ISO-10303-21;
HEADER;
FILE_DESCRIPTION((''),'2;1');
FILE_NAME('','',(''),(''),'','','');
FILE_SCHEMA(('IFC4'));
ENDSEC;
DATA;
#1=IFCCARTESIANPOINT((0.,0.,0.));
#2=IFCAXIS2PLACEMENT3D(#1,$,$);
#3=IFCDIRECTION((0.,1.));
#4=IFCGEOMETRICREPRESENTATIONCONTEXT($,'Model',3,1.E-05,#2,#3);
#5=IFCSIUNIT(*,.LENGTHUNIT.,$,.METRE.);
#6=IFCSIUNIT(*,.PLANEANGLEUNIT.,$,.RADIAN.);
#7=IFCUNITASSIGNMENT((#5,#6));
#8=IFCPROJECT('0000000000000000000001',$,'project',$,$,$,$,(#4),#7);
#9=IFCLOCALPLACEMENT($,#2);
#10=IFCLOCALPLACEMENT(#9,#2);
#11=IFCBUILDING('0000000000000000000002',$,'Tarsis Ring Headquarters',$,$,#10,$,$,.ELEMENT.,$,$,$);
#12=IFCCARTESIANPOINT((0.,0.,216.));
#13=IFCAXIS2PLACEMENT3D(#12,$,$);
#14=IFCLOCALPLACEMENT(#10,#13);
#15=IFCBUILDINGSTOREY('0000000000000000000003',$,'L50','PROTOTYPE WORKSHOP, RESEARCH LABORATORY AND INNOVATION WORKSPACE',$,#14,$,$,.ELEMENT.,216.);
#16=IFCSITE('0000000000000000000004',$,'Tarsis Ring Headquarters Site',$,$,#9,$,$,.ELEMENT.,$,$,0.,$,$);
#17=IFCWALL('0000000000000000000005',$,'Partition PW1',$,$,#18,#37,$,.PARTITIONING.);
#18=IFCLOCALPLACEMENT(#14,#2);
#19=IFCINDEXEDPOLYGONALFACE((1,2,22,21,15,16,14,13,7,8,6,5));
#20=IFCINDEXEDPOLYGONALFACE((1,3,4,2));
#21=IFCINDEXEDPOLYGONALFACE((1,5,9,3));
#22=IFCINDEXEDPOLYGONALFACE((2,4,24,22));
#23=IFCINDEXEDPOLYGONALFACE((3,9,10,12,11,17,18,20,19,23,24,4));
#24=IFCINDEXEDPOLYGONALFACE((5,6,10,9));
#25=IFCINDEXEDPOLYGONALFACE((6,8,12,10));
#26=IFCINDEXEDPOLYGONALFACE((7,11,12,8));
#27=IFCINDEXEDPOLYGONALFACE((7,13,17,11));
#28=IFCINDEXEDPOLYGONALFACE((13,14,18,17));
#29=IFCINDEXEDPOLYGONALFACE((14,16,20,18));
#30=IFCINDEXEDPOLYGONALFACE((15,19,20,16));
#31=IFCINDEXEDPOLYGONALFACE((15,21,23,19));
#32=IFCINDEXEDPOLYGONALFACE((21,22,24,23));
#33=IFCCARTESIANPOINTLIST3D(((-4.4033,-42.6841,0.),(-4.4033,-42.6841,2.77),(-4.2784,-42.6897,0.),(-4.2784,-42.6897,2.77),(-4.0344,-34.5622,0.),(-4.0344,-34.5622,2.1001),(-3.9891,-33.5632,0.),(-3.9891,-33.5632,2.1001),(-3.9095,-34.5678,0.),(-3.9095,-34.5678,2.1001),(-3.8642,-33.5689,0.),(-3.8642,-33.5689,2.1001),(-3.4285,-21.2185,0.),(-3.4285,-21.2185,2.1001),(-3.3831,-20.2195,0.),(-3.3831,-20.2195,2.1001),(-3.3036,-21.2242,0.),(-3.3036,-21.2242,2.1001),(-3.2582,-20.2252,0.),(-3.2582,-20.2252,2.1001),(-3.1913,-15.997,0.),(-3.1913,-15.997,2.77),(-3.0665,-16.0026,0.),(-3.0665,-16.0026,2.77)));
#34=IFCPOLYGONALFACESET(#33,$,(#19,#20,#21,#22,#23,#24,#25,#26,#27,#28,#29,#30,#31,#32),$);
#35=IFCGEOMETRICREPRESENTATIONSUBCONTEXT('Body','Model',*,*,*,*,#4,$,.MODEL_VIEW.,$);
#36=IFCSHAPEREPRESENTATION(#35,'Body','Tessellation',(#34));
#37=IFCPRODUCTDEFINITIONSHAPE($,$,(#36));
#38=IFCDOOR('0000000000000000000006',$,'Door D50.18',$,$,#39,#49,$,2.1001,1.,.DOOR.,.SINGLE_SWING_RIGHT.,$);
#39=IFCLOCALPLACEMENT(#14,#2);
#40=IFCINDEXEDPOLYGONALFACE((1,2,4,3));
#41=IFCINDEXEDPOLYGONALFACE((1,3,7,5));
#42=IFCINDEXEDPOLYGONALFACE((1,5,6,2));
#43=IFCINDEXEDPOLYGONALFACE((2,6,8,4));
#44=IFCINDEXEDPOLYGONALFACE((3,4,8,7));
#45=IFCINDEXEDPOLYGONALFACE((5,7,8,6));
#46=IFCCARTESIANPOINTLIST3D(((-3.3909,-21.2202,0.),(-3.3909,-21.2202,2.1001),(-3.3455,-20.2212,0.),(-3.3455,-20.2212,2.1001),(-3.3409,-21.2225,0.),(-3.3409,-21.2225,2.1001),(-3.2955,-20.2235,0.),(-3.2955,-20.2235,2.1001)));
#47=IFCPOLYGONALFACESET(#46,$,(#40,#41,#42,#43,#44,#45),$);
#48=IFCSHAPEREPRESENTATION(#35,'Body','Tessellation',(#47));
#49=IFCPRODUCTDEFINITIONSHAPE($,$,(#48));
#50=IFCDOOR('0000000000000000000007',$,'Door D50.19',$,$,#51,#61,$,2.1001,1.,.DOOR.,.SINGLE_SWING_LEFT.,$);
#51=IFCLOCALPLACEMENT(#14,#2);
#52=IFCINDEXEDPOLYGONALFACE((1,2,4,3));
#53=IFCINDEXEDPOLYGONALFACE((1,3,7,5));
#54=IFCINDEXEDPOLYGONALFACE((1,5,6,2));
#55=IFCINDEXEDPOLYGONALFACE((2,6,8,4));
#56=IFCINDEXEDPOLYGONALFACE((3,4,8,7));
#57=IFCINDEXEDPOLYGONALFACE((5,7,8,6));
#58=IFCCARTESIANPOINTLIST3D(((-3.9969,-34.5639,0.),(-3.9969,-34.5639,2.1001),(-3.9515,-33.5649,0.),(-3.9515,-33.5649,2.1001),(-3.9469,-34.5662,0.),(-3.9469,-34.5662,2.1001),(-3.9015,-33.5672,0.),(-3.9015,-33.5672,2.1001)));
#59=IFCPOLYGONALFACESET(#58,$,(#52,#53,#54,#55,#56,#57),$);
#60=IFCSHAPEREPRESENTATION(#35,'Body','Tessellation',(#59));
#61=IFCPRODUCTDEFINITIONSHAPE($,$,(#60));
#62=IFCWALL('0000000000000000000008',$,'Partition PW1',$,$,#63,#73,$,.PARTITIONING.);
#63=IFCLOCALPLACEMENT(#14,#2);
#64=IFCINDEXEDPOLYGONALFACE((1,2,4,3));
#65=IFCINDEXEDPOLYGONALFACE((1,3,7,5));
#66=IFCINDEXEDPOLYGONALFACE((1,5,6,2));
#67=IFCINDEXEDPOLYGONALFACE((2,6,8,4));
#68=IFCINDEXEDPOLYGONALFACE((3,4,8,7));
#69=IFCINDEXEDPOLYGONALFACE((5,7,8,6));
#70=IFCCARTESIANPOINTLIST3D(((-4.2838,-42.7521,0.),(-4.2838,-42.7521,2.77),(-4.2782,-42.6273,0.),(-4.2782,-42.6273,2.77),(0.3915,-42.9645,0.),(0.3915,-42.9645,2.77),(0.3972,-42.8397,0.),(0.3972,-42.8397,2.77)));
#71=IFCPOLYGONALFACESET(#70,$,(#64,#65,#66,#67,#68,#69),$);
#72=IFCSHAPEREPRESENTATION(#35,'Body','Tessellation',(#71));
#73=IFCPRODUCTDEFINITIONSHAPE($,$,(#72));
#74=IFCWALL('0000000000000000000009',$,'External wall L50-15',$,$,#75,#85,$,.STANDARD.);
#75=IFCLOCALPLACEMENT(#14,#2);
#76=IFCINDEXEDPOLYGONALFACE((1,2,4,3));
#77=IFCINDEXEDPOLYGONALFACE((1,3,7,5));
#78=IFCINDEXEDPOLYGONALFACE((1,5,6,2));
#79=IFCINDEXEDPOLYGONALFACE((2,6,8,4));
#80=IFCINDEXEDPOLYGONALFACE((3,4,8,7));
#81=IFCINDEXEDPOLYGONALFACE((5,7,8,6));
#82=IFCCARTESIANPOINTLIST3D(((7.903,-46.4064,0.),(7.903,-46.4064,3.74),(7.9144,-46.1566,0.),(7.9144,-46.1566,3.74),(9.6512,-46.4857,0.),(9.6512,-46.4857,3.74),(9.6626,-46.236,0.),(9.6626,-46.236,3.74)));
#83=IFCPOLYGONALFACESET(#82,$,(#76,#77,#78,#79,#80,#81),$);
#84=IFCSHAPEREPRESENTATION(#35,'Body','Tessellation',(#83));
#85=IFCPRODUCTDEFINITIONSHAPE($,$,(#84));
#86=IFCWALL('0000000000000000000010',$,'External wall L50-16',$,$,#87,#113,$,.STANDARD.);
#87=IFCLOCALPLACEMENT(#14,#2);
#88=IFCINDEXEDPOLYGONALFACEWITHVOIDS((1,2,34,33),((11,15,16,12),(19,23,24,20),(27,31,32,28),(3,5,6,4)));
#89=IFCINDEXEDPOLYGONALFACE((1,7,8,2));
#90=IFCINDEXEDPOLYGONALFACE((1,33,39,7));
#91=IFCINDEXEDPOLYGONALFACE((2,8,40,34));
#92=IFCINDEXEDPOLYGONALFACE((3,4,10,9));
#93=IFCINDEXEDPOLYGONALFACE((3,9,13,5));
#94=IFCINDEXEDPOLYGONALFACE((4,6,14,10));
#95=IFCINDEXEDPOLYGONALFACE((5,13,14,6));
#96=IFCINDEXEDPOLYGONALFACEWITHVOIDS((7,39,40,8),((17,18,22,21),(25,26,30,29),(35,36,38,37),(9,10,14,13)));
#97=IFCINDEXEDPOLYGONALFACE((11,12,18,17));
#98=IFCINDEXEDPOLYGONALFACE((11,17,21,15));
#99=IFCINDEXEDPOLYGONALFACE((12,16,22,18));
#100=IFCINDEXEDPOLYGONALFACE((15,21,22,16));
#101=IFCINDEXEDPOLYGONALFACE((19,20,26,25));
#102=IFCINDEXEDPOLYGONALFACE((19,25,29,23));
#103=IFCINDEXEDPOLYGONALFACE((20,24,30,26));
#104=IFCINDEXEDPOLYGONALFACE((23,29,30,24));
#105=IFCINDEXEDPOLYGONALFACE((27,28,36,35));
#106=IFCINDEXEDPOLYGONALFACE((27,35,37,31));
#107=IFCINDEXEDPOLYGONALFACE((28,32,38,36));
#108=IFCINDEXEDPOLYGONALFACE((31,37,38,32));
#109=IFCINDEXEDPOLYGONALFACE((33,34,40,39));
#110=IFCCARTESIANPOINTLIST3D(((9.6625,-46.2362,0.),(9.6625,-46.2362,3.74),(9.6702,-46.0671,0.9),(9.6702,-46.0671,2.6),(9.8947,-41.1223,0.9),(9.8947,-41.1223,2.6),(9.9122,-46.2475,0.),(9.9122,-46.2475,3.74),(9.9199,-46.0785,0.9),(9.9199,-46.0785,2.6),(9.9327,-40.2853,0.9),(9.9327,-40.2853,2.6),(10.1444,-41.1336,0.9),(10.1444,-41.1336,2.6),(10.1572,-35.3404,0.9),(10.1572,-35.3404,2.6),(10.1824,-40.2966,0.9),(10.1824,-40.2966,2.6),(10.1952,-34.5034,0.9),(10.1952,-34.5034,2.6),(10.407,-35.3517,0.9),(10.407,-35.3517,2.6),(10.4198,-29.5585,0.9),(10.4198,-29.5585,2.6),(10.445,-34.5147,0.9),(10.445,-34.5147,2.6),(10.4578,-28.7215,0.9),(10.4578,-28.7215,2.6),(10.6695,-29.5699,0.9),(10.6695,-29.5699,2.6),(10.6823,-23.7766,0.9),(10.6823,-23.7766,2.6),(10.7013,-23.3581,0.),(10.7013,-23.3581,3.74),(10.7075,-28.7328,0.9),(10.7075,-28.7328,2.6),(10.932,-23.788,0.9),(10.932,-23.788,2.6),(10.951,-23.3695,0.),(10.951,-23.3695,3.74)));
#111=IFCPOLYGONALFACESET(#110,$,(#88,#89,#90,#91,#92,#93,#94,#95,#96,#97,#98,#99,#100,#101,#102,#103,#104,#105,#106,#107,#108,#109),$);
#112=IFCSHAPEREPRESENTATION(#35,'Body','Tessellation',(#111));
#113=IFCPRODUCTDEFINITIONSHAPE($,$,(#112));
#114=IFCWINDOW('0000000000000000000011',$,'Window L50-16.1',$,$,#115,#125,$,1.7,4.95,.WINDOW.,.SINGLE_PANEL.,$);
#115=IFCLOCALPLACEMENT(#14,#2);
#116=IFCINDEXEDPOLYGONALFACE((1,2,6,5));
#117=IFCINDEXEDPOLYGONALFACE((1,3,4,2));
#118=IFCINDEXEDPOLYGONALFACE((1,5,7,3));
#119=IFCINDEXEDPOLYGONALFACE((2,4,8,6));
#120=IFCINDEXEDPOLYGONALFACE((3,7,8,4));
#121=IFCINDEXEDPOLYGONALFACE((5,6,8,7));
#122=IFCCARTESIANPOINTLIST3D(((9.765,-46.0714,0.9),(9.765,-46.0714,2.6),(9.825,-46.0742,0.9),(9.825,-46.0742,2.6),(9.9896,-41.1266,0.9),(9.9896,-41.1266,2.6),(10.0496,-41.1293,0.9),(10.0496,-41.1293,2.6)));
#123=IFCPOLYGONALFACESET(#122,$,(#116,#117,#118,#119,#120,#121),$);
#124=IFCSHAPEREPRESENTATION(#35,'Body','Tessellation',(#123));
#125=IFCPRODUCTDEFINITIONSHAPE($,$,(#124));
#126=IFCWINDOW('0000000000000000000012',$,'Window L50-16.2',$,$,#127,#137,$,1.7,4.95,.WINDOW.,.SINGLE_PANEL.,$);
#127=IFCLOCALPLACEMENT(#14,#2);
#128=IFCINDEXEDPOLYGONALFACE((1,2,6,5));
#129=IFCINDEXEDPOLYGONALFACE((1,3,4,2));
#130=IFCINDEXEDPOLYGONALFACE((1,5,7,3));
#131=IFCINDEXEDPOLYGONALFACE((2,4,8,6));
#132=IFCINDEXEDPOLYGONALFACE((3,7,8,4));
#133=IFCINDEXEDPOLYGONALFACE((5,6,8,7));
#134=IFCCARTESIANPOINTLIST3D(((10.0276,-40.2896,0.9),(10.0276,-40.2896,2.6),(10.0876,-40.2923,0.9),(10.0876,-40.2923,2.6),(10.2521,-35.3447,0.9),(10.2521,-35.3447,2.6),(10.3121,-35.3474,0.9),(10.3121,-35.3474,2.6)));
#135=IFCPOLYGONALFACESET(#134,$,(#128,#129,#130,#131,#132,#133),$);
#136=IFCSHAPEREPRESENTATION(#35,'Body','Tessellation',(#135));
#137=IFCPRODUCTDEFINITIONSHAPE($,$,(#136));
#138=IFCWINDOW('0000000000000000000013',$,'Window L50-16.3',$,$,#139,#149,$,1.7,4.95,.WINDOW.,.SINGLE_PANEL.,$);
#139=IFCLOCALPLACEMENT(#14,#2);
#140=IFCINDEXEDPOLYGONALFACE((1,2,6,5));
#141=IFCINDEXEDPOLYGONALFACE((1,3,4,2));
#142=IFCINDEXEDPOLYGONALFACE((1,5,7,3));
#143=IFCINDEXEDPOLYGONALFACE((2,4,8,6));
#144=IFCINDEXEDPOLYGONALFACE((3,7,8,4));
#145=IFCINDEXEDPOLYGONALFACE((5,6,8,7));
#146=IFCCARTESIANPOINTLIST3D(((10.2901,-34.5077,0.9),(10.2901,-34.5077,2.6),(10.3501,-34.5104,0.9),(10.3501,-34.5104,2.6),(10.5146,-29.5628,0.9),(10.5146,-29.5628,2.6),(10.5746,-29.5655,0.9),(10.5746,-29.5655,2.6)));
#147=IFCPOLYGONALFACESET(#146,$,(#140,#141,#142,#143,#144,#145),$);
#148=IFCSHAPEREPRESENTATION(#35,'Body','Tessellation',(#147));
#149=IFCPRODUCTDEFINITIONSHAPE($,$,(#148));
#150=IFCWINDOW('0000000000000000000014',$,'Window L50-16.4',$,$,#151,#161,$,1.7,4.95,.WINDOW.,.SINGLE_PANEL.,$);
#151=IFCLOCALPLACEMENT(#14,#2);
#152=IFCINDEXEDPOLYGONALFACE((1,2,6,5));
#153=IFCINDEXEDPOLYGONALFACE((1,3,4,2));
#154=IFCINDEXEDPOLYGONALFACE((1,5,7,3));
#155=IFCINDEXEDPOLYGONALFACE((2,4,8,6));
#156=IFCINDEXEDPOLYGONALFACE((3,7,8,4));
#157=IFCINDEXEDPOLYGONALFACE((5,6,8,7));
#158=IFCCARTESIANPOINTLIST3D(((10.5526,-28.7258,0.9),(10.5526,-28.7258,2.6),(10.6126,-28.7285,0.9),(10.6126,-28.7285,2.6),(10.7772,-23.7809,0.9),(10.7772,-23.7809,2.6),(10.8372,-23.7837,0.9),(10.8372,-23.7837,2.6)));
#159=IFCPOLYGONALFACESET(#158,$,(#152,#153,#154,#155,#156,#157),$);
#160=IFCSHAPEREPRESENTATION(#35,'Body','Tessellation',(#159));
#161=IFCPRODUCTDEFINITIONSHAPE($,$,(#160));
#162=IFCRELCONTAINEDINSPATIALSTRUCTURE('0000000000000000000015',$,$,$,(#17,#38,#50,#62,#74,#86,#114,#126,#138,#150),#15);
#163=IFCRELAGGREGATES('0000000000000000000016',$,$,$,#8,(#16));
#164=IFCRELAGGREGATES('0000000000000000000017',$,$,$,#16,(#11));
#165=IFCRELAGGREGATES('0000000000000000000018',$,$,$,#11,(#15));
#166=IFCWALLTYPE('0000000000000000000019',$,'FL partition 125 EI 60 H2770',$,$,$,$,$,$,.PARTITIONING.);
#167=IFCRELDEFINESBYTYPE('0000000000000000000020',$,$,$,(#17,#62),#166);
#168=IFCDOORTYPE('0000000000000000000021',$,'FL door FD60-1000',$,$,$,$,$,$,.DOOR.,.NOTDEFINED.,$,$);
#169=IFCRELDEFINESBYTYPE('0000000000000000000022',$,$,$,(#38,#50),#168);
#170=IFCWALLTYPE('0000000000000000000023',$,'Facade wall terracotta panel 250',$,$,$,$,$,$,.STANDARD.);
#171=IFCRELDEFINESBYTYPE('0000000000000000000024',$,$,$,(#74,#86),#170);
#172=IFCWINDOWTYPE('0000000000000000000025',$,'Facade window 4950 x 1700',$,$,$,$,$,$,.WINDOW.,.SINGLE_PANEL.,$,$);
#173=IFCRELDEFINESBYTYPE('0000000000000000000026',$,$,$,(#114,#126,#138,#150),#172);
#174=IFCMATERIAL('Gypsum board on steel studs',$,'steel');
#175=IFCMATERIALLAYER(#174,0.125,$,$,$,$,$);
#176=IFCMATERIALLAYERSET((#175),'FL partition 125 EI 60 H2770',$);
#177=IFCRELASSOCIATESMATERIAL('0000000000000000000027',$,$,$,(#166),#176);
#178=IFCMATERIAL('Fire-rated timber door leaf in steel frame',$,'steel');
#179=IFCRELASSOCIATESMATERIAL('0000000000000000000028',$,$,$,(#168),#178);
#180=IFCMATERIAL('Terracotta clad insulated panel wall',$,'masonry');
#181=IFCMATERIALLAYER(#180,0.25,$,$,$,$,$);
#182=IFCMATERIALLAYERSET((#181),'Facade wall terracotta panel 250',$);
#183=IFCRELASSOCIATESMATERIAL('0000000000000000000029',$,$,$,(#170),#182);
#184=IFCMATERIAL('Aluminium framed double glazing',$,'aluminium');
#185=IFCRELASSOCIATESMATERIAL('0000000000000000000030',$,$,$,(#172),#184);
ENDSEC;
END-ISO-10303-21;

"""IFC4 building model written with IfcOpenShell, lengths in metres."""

from ifc_helpers import new_model, si_unit, direction, frame, frame_2d, origin, place, context, subcontext, project, spatial, rectangle, extrude, material, layer, layer_set, type_object, element, fill, save


model = new_model("IFC4")

# Units and contexts
model_context = context("Model", 3, precision=1e-05, world=origin(), true_north=direction((0.0, 1.0)))
body_context = subcontext(model_context, "Body", "Model", "MODEL_VIEW")
ifc_project = project(units=[si_unit("LENGTHUNIT", "METRE"), si_unit("PLANEANGLEUNIT", "RADIAN")], contexts=[model_context])

# Site, building, storey
site_placement = place(None, origin())
site = spatial("IfcSite", under=ifc_project, at=site_placement, Name="Tarsis Ring Headquarters Site", CompositionType="ELEMENT", RefElevation=0.0)
building_placement = place(site_placement, origin())
building = spatial("IfcBuilding", under=site, at=building_placement, Name="Tarsis Ring Headquarters", CompositionType="ELEMENT")
storey_placement = place(building_placement, frame((0.0, 0.0, 216.0)))
storey = spatial("IfcBuildingStorey", under=building, at=storey_placement, Name="L50", Description="PROTOTYPE WORKSHOP, RESEARCH LABORATORY AND INNOVATION WORKSPACE", CompositionType="ELEMENT", Elevation=216.0)

# Shared definitions
ifc_material_1 = material(Name="Gypsum board on steel studs", Category="steel")
ifc_layer_1 = layer(ifc_material_1, 0.125)
ifc_layer_set_1 = layer_set([ifc_layer_1], Name="FL partition 125 EI 60 H2770")
wall_type_1 = type_object("IfcWallType", Name="FL partition 125 EI 60 H2770", PredefinedType="PARTITIONING", material=ifc_layer_set_1)

# Wall, openings, doors
wall_1_placement = place(storey_placement, frame((-4.3408, -42.687, 0.0), z_axis=(0.0, 0.0, 1.0), x_axis=(0.045365, 0.99897, 0.0)))
wall_1 = element("IfcWall", 1, at=wall_1_placement, inside=storey, type_object=wall_type_1, Name="Partition PW1", PredefinedType="PARTITIONING", context=body_context, shape_type="SweptSolid", body=[
    extrude(rectangle(XDim=26.7146, YDim=0.125, at=frame_2d((13.3574, 0.0))), origin(), (0.0, 0.0, 1.0), 2.77),
])
opening_1_placement = place(wall_1_placement, frame((21.4878, 0.0, 0.0)))
opening_1 = element("IfcOpeningElement", 2, at=opening_1_placement, cuts=wall_1, PredefinedType="OPENING", context=body_context, shape_type="SweptSolid", body=[
    extrude(rectangle(XDim=1.0, YDim=2.1001, at=frame_2d((0.5, 1.05))), frame((0.0, 0.0725, 0.0), z_axis=(0.0, -1.0, 0.0), x_axis=(1.0, 0.0, 0.0)), (0.0, 0.0, 1.0), 0.145),
])
opening_2_placement = place(wall_1_placement, frame((8.1304, 0.0, 0.0)))
opening_2 = element("IfcOpeningElement", 3, at=opening_2_placement, cuts=wall_1, PredefinedType="OPENING", context=body_context, shape_type="SweptSolid", body=[
    extrude(rectangle(XDim=1.0, YDim=2.1001, at=frame_2d((0.5, 1.05))), frame((0.0, 0.0725, 0.0), z_axis=(0.0, -1.0, 0.0), x_axis=(1.0, 0.0, 0.0)), (0.0, 0.0, 1.0), 0.145),
])
ifc_material_2 = material(Name="Fire-rated timber door leaf in steel frame", Category="steel")
door_type = type_object("IfcDoorType", Name="FL door FD60-1000", OperationType="NOTDEFINED", PredefinedType="DOOR", material=ifc_material_2)
door_1_placement = place(opening_1_placement, origin())
door_1 = element("IfcDoor", 4, at=door_1_placement, inside=storey, type_object=door_type, Name="Door D50.18", OperationType="SINGLE_SWING_RIGHT", OverallHeight=2.1001, OverallWidth=1.0, PredefinedType="DOOR", context=body_context, shape_type="SweptSolid", body=[
    extrude(rectangle(XDim=1.0, YDim=2.1001, at=frame_2d((0.5, 1.05))), frame((0.0, 0.0249, 0.0), z_axis=(0.0, -1.0, 0.0), x_axis=(1.0, 0.0, 0.0)), (0.0, 0.0, 1.0), 0.05),
])
fill(opening_1, door_1)
door_2_placement = place(opening_2_placement, origin())
door_2 = element("IfcDoor", 5, at=door_2_placement, inside=storey, type_object=door_type, Name="Door D50.19", OperationType="SINGLE_SWING_LEFT", OverallHeight=2.1001, OverallWidth=1.0, PredefinedType="DOOR", context=body_context, shape_type="SweptSolid", body=[
    extrude(rectangle(XDim=1.0, YDim=2.1001, at=frame_2d((0.5, 1.05))), frame((0.0, 0.0249, 0.0), z_axis=(0.0, -1.0, 0.0), x_axis=(1.0, 0.0, 0.0)), (0.0, 0.0, 1.0), 0.05),
])
fill(opening_2, door_2)

# Walls
wall_2_placement = place(storey_placement, frame((-4.281, -42.6897, 0.0), z_axis=(0.0, 0.0, 1.0), x_axis=(0.99897, -0.045384, 0.0)))
element("IfcWall", 6, at=wall_2_placement, inside=storey, type_object=wall_type_1, Name="Partition PW1", PredefinedType="PARTITIONING", context=body_context, shape_type="SweptSolid", body=[
    extrude(rectangle(XDim=4.6802, YDim=0.125, at=frame_2d((2.3401, 0.0))), origin(), (0.0, 0.0, 1.0), 2.77),
])
ifc_material_3 = material(Name="Terracotta clad insulated panel wall", Category="masonry")
ifc_layer_2 = layer(ifc_material_3, 0.25)
ifc_layer_set_2 = layer_set([ifc_layer_2], Name="Facade wall terracotta panel 250")
wall_type_2 = type_object("IfcWallType", Name="Facade wall terracotta panel 250", PredefinedType="STANDARD", material=ifc_layer_set_2)
wall_3_placement = place(storey_placement, frame((7.9087, -46.2815, 0.0), z_axis=(0.0, 0.0, 1.0), x_axis=(0.998972, -0.045338, 0.0)))
element("IfcWall", 7, at=wall_3_placement, inside=storey, type_object=wall_type_2, Name="External wall L50-15", PredefinedType="STANDARD", context=body_context, shape_type="SweptSolid", body=[
    extrude(rectangle(XDim=1.75, YDim=0.25, at=frame_2d((0.875, 0.0))), origin(), (0.0, 0.0, 1.0), 3.74),
])

# Wall, openings, windows
wall_4_placement = place(storey_placement, frame((9.7874, -46.2417, 0.0), z_axis=(0.0, 0.0, 1.0), x_axis=(0.04536, 0.998971, 0.0)))
wall_4 = element("IfcWall", 8, at=wall_4_placement, inside=storey, type_object=wall_type_2, Name="External wall L50-16", PredefinedType="STANDARD", context=body_context, shape_type="SweptSolid", body=[
    extrude(rectangle(XDim=22.9016, YDim=0.25, at=frame_2d((11.4507, 0.0))), origin(), (0.0, 0.0, 1.0), 3.74),
])
opening_3_placement = place(wall_4_placement, frame((0.1689, 0.0, 0.8999)))
opening_3 = element("IfcOpeningElement", 9, at=opening_3_placement, cuts=wall_4, PredefinedType="OPENING", context=body_context, shape_type="SweptSolid", body=[
    extrude(rectangle(XDim=4.95, YDim=1.7, at=frame_2d((2.4751, 0.8501))), frame((0.0, 0.135, 0.0), z_axis=(0.0, -1.0, 0.0), x_axis=(1.0, 0.0, 0.0)), (0.0, 0.0, 1.0), 0.27),
])
opening_4_placement = place(wall_4_placement, frame((5.9568, 0.0, 0.8999)))
opening_4 = element("IfcOpeningElement", 10, at=opening_4_placement, cuts=wall_4, PredefinedType="OPENING", context=body_context, shape_type="SweptSolid", body=[
    extrude(rectangle(XDim=4.95, YDim=1.7, at=frame_2d((2.4751, 0.8501))), frame((0.0, 0.135, 0.0), z_axis=(0.0, -1.0, 0.0), x_axis=(1.0, 0.0, 0.0)), (0.0, 0.0, 1.0), 0.27),
])
opening_5_placement = place(wall_4_placement, frame((11.7446, 0.0, 0.8999)))
opening_5 = element("IfcOpeningElement", 11, at=opening_5_placement, cuts=wall_4, PredefinedType="OPENING", context=body_context, shape_type="SweptSolid", body=[
    extrude(rectangle(XDim=4.95, YDim=1.7, at=frame_2d((2.4751, 0.8501))), frame((0.0, 0.135, 0.0), z_axis=(0.0, -1.0, 0.0), x_axis=(1.0, 0.0, 0.0)), (0.0, 0.0, 1.0), 0.27),
])
opening_6_placement = place(wall_4_placement, frame((17.5325, 0.0, 0.8999)))
opening_6 = element("IfcOpeningElement", 12, at=opening_6_placement, cuts=wall_4, PredefinedType="OPENING", context=body_context, shape_type="SweptSolid", body=[
    extrude(rectangle(XDim=4.95, YDim=1.7, at=frame_2d((2.4751, 0.8501))), frame((0.0, 0.135, 0.0), z_axis=(0.0, -1.0, 0.0), x_axis=(1.0, 0.0, 0.0)), (0.0, 0.0, 1.0), 0.27),
])
ifc_material_4 = material(Name="Aluminium framed double glazing", Category="aluminium")
window_type = type_object("IfcWindowType", Name="Facade window 4950 x 1700", PartitioningType="SINGLE_PANEL", PredefinedType="WINDOW", material=ifc_material_4)
window_1_placement = place(opening_3_placement, origin())
window_1 = element("IfcWindow", 13, at=window_1_placement, inside=storey, type_object=window_type, Name="Window L50-16.1", OverallHeight=1.7, OverallWidth=4.95, PartitioningType="SINGLE_PANEL", PredefinedType="WINDOW", context=body_context, shape_type="SweptSolid", body=[
    extrude(rectangle(XDim=4.95, YDim=1.7, at=frame_2d((2.4751, 0.8501))), frame((0.0, 0.03, 0.0), z_axis=(0.0, -1.0, 0.0), x_axis=(1.0, 0.0, 0.0)), (0.0, 0.0, 1.0), 0.0601),
])
fill(opening_3, window_1)
window_2_placement = place(opening_4_placement, origin())
window_2 = element("IfcWindow", 14, at=window_2_placement, inside=storey, type_object=window_type, Name="Window L50-16.2", OverallHeight=1.7, OverallWidth=4.95, PartitioningType="SINGLE_PANEL", PredefinedType="WINDOW", context=body_context, shape_type="SweptSolid", body=[
    extrude(rectangle(XDim=4.95, YDim=1.7, at=frame_2d((2.4751, 0.8501))), frame((0.0, 0.03, 0.0), z_axis=(0.0, -1.0, 0.0), x_axis=(1.0, 0.0, 0.0)), (0.0, 0.0, 1.0), 0.0601),
])
fill(opening_4, window_2)
window_3_placement = place(opening_5_placement, origin())
window_3 = element("IfcWindow", 15, at=window_3_placement, inside=storey, type_object=window_type, Name="Window L50-16.3", OverallHeight=1.7, OverallWidth=4.95, PartitioningType="SINGLE_PANEL", PredefinedType="WINDOW", context=body_context, shape_type="SweptSolid", body=[
    extrude(rectangle(XDim=4.95, YDim=1.7, at=frame_2d((2.4751, 0.8501))), frame((0.0, 0.03, 0.0), z_axis=(0.0, -1.0, 0.0), x_axis=(1.0, 0.0, 0.0)), (0.0, 0.0, 1.0), 0.0601),
])
fill(opening_5, window_3)
window_4_placement = place(opening_6_placement, origin())
window_4 = element("IfcWindow", 16, at=window_4_placement, inside=storey, type_object=window_type, Name="Window L50-16.4", OverallHeight=1.7, OverallWidth=4.95, PartitioningType="SINGLE_PANEL", PredefinedType="WINDOW", context=body_context, shape_type="SweptSolid", body=[
    extrude(rectangle(XDim=4.95, YDim=1.7, at=frame_2d((2.4751, 0.8501))), frame((0.0, 0.03, 0.0), z_axis=(0.0, -1.0, 0.0), x_axis=(1.0, 0.0, 0.0)), (0.0, 0.0, 1.0), 0.0601),
])
fill(opening_6, window_4)

save(model, "model.ifc")
